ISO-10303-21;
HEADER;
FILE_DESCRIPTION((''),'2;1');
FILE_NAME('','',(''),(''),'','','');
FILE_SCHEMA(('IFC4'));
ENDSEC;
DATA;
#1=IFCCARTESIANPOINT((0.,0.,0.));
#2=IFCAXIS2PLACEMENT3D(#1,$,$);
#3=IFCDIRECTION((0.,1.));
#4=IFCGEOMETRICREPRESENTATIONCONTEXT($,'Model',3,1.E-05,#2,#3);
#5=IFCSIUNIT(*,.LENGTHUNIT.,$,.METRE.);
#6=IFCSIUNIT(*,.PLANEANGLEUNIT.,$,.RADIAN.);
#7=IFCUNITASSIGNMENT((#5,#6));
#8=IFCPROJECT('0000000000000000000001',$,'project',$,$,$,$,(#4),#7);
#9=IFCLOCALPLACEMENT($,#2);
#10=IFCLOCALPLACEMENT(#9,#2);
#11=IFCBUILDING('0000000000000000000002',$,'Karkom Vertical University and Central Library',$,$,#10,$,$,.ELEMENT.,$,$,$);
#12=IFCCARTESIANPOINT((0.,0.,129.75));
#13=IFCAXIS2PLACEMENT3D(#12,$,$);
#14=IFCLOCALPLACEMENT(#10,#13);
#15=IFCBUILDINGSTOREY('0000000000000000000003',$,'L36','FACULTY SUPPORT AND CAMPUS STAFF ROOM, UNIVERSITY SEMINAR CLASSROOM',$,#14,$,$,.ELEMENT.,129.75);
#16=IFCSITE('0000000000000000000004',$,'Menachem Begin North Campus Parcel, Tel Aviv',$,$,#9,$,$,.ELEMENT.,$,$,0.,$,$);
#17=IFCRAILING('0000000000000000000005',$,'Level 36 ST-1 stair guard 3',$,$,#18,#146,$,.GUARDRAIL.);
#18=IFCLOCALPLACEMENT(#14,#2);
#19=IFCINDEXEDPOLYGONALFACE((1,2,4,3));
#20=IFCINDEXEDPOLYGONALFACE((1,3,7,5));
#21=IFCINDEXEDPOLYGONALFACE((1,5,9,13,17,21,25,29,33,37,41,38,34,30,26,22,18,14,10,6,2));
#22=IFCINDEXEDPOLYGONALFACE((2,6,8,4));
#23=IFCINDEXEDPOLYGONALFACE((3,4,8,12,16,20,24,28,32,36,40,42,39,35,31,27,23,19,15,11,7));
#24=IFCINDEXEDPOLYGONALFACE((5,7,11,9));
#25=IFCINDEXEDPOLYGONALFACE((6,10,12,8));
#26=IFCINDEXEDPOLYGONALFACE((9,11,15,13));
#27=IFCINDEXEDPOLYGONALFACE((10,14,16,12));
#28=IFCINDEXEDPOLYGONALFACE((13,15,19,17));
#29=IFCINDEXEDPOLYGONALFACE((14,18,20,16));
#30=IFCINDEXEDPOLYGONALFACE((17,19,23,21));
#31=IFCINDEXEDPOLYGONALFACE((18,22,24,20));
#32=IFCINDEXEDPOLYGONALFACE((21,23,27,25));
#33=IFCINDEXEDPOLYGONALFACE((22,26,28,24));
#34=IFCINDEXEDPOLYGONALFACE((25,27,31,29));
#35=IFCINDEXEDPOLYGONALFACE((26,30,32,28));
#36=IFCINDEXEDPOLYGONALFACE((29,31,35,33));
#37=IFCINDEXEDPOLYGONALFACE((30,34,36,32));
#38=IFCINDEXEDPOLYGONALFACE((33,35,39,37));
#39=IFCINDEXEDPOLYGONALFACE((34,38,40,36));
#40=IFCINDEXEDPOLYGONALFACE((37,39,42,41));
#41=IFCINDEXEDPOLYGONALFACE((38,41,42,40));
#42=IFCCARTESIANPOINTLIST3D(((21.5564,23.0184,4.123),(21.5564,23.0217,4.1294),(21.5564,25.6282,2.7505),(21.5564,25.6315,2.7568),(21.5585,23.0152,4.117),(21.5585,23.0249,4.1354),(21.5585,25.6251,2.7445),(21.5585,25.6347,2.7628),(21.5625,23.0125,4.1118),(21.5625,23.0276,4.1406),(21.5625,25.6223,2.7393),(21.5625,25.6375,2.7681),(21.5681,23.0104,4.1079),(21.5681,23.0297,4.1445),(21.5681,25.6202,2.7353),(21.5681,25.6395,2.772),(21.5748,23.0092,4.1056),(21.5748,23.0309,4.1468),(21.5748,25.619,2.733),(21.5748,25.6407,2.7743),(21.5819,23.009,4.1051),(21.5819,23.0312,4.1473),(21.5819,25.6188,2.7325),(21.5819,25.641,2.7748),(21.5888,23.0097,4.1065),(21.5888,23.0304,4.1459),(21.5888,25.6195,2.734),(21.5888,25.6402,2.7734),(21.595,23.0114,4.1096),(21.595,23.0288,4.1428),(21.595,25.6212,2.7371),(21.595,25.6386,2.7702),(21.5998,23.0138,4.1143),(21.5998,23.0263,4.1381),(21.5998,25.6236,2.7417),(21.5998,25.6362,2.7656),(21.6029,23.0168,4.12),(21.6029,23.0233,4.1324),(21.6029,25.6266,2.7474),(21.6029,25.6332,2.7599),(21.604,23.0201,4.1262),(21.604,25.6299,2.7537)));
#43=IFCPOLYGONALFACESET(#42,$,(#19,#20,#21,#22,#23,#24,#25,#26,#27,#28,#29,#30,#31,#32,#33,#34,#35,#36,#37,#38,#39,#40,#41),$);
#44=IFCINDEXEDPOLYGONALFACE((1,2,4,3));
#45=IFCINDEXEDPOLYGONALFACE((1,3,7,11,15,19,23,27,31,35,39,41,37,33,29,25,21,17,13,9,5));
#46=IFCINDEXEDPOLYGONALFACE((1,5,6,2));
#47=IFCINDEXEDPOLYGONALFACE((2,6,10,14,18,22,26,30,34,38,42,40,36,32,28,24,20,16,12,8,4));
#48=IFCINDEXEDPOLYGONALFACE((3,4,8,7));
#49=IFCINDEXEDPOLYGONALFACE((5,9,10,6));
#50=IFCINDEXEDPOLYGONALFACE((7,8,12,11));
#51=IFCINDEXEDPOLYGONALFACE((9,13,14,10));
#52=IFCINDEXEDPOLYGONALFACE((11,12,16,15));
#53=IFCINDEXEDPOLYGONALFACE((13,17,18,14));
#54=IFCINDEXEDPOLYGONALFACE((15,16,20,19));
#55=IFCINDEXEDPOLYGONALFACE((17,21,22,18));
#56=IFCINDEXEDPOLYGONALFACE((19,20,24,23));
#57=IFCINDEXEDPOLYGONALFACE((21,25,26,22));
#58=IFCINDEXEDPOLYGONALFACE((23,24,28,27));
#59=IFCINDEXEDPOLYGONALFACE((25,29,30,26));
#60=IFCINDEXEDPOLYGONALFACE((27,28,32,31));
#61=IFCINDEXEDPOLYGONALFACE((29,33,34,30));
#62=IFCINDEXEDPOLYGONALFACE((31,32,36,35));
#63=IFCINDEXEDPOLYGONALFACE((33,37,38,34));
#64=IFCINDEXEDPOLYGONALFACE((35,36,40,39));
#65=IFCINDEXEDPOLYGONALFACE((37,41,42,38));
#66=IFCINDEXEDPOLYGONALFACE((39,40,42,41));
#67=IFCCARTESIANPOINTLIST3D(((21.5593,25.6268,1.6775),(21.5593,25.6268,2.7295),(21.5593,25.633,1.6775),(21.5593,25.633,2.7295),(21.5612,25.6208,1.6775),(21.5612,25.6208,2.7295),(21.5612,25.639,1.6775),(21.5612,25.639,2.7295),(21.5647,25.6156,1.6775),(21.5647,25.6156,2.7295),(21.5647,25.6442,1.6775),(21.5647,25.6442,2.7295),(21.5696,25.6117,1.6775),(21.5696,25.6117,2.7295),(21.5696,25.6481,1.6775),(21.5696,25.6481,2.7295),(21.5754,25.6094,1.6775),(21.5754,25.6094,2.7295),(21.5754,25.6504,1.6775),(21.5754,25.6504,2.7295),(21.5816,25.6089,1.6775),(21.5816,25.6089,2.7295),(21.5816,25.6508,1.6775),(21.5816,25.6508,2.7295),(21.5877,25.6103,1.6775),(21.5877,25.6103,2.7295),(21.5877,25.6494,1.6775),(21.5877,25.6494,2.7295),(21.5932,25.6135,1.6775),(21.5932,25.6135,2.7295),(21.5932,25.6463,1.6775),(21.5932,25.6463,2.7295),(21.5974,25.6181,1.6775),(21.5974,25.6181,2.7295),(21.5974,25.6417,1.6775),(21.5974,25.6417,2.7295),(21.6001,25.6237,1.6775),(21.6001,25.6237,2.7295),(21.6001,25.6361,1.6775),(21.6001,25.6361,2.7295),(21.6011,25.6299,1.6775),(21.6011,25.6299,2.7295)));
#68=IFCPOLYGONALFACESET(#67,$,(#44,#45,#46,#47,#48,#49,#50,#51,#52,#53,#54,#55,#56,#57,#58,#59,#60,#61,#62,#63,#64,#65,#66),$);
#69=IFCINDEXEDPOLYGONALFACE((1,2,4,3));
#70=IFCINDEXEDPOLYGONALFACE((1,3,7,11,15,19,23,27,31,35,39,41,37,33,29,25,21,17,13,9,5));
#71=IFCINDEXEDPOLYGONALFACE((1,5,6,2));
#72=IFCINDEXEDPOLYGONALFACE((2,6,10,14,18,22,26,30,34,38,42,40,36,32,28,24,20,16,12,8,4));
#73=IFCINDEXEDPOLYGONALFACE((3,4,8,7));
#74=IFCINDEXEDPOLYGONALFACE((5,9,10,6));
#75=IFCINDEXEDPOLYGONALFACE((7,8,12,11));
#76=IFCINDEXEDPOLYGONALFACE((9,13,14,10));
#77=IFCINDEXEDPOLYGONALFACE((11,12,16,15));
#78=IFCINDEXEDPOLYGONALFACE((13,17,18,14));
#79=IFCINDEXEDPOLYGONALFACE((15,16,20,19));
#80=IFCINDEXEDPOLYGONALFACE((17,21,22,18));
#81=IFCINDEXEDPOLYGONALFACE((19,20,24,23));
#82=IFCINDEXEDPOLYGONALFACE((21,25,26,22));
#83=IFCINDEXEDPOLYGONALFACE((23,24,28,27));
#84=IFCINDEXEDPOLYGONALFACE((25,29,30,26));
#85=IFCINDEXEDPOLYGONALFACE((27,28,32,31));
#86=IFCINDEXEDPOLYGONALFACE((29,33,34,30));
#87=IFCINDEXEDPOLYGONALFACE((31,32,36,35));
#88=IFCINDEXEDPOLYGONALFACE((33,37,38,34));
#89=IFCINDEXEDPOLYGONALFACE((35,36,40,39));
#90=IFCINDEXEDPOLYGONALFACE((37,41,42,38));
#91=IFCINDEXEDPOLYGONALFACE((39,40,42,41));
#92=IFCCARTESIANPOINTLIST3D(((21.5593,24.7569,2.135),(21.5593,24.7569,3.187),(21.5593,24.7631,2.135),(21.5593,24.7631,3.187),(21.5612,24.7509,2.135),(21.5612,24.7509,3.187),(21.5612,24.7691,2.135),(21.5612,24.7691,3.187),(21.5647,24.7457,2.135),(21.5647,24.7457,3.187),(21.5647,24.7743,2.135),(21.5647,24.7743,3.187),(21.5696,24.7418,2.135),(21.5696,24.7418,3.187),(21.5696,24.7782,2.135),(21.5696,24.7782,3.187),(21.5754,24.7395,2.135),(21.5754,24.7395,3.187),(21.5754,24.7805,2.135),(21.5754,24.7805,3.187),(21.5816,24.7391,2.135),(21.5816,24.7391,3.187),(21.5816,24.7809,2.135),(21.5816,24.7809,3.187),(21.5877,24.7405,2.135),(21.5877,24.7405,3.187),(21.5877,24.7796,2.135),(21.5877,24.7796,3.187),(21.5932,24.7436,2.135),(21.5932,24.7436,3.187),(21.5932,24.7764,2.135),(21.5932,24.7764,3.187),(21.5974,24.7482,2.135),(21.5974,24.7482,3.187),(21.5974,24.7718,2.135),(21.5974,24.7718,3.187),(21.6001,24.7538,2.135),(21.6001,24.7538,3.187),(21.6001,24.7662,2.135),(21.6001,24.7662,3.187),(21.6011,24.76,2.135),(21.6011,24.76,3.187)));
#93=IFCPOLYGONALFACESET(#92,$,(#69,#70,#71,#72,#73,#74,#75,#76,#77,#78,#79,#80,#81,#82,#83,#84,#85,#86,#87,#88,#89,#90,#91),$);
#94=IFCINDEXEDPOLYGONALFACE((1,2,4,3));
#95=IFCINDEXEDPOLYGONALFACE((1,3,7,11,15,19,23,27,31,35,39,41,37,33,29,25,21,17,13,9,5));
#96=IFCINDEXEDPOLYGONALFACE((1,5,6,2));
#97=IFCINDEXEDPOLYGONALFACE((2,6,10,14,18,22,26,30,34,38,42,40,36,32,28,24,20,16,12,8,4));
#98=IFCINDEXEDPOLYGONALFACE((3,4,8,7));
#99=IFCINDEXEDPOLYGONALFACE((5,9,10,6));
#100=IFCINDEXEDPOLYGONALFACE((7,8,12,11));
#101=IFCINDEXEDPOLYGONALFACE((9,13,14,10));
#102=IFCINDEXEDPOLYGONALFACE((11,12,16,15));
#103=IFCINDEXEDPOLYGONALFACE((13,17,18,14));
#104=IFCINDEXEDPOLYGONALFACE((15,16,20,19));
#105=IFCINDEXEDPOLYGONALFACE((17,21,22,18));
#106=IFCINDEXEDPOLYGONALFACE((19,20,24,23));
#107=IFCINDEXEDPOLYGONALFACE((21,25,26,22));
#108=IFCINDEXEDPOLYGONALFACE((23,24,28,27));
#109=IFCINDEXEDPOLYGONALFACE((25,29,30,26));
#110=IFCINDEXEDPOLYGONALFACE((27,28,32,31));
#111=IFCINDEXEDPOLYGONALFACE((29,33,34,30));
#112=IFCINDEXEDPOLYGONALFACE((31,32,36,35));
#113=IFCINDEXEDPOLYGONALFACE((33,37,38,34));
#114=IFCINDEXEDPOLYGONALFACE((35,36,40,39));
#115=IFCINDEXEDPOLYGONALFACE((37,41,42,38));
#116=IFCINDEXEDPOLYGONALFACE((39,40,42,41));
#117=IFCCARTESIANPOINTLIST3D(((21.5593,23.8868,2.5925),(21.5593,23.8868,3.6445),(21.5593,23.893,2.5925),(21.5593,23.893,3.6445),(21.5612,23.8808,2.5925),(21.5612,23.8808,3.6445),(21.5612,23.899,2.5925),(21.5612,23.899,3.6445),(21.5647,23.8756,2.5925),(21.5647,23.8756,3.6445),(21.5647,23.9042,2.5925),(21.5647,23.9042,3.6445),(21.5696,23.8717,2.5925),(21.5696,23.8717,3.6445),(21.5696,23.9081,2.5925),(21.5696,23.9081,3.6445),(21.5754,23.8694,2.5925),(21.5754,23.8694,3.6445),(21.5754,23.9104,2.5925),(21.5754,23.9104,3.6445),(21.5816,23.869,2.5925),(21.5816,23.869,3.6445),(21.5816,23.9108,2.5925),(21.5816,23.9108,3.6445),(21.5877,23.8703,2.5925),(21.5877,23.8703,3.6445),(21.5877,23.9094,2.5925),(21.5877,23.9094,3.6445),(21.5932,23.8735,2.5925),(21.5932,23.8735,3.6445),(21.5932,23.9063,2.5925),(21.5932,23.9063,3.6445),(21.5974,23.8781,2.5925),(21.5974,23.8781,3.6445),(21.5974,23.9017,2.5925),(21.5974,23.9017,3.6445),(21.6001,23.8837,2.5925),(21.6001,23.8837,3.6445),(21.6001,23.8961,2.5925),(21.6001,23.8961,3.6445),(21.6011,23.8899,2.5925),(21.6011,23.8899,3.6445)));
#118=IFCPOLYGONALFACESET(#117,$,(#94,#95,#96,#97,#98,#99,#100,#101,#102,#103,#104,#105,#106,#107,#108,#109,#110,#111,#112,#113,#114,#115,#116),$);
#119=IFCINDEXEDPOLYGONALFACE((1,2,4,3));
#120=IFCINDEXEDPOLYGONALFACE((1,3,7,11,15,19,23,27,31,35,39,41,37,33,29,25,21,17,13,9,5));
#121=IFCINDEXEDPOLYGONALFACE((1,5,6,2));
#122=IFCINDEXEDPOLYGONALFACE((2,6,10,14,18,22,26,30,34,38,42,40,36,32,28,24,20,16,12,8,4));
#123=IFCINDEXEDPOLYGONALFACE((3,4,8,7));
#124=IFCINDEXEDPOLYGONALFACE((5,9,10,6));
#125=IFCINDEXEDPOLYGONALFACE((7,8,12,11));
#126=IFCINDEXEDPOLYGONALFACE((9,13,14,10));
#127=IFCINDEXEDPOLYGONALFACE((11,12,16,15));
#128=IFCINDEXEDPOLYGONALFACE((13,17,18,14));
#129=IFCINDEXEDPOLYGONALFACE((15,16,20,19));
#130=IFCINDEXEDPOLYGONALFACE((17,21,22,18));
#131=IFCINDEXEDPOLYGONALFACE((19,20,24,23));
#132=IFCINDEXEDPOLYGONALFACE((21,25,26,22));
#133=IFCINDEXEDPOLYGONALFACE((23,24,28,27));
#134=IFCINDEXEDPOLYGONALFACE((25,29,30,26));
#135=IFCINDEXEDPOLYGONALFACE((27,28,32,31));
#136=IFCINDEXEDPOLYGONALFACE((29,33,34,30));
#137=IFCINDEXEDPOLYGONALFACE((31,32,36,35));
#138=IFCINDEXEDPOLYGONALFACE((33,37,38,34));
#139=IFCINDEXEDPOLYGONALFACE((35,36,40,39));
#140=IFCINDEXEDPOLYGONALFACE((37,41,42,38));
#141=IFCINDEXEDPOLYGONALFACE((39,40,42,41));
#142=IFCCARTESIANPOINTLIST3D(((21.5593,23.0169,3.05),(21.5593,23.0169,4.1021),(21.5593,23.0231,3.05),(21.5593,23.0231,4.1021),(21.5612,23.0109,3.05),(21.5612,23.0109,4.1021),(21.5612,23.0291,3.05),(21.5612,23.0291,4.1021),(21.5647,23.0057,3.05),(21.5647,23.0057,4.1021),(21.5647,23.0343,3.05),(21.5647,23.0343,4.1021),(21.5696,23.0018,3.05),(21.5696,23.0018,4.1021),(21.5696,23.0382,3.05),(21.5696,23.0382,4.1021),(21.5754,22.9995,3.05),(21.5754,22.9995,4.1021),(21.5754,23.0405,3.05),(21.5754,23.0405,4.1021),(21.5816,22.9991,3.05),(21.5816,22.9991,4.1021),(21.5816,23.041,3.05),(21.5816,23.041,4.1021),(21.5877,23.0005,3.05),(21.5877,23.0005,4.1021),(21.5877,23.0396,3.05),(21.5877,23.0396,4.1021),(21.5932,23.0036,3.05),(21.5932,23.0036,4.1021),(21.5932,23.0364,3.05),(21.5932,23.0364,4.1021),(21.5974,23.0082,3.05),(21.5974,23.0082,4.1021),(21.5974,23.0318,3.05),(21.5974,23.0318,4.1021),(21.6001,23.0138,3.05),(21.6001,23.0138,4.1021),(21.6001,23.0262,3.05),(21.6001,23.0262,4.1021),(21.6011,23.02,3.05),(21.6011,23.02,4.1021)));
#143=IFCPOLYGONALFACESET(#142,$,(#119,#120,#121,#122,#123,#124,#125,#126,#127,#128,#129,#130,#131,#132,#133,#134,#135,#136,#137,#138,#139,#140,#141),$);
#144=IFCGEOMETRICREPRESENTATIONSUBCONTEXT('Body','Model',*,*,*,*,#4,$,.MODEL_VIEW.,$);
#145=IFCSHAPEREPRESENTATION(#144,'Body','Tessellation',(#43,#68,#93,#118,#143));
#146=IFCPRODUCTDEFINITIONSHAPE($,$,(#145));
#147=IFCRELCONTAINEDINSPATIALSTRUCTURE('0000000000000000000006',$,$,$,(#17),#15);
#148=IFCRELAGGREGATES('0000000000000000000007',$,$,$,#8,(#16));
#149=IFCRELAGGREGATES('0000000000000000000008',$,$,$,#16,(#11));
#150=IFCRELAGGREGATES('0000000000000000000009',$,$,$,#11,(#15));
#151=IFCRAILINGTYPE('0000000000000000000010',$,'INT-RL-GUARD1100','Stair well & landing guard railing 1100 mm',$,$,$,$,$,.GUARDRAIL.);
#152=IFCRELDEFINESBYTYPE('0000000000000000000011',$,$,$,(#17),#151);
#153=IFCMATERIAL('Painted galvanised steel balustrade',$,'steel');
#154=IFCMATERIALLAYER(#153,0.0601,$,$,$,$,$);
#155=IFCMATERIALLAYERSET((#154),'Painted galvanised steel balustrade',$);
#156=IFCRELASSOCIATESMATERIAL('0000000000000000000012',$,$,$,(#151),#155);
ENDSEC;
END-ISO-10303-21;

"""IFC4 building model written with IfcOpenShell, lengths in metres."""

from ifc_helpers import new_model, si_unit, direction, frame, origin, origin_2d, place, context, subcontext, project, spatial, circle, extrude, material, layer, layer_set, type_object, element, save


model = new_model("IFC4")

# Units and contexts
model_context = context("Model", 3, precision=1e-05, world=origin(), true_north=direction((0.0, 1.0)))
body_context = subcontext(model_context, "Body", "Model", "MODEL_VIEW")
ifc_project = project(units=[si_unit("LENGTHUNIT", "METRE"), si_unit("PLANEANGLEUNIT", "RADIAN")], contexts=[model_context])

# Site, building, storey
site_placement = place(None, origin())
site = spatial("IfcSite", under=ifc_project, at=site_placement, Name="Menachem Begin North Campus Parcel, Tel Aviv", CompositionType="ELEMENT", RefElevation=0.0)
building_placement = place(site_placement, origin())
building = spatial("IfcBuilding", under=site, at=building_placement, Name="Karkom Vertical University and Central Library", CompositionType="ELEMENT")
storey_placement = place(building_placement, frame((0.0, 0.0, 129.75)))
storey = spatial("IfcBuildingStorey", under=building, at=storey_placement, Name="L36", Description="FACULTY SUPPORT AND CAMPUS STAFF ROOM, UNIVERSITY SEMINAR CLASSROOM", CompositionType="ELEMENT", Elevation=129.75)

# Railing
ifc_material_1 = material(Name="Painted galvanised steel balustrade", Category="steel")
ifc_layer_1 = layer(ifc_material_1, 0.0601)
ifc_layer_set_1 = layer_set([ifc_layer_1], Name="Painted galvanised steel balustrade")
railing_type_1 = type_object("IfcRailingType", Name="INT-RL-GUARD1100", Description="Stair well & landing guard railing 1100 mm", PredefinedType="GUARDRAIL", material=ifc_layer_set_1)
railing_1_placement = place(storey_placement, frame((21.5801, 25.6299, 1.6775)))
element("IfcRailing", 1, at=railing_1_placement, inside=storey, type_object=railing_type_1, Name="Level 36 ST-1 stair guard 3", PredefinedType="GUARDRAIL", context=body_context, shape_type="SweptSolid", body=[
    extrude(circle(Radius=0.0239, at=origin_2d()), frame((0.0, 0.0, 1.0762), z_axis=(0.0, -0.885065, 0.465467), x_axis=(1.0, 0.0, 0.0)), (0.0, 0.0, 1.0), 2.9487),
    extrude(circle(Radius=0.021, at=origin_2d()), origin(), (0.0, 0.0, 1.0), 1.052),
    extrude(circle(Radius=0.021, at=origin_2d()), frame((0.0, -0.8699, 0.4575)), (0.0, 0.0, 1.0), 1.052),
    extrude(circle(Radius=0.021, at=origin_2d()), frame((0.0, -1.74, 0.915)), (0.0, 0.0, 1.0), 1.052),
    extrude(circle(Radius=0.021, at=origin_2d()), frame((0.0, -2.6099, 1.3726)), (0.0, 0.0, 1.0), 1.052),
])

save(model, "model.ifc")
